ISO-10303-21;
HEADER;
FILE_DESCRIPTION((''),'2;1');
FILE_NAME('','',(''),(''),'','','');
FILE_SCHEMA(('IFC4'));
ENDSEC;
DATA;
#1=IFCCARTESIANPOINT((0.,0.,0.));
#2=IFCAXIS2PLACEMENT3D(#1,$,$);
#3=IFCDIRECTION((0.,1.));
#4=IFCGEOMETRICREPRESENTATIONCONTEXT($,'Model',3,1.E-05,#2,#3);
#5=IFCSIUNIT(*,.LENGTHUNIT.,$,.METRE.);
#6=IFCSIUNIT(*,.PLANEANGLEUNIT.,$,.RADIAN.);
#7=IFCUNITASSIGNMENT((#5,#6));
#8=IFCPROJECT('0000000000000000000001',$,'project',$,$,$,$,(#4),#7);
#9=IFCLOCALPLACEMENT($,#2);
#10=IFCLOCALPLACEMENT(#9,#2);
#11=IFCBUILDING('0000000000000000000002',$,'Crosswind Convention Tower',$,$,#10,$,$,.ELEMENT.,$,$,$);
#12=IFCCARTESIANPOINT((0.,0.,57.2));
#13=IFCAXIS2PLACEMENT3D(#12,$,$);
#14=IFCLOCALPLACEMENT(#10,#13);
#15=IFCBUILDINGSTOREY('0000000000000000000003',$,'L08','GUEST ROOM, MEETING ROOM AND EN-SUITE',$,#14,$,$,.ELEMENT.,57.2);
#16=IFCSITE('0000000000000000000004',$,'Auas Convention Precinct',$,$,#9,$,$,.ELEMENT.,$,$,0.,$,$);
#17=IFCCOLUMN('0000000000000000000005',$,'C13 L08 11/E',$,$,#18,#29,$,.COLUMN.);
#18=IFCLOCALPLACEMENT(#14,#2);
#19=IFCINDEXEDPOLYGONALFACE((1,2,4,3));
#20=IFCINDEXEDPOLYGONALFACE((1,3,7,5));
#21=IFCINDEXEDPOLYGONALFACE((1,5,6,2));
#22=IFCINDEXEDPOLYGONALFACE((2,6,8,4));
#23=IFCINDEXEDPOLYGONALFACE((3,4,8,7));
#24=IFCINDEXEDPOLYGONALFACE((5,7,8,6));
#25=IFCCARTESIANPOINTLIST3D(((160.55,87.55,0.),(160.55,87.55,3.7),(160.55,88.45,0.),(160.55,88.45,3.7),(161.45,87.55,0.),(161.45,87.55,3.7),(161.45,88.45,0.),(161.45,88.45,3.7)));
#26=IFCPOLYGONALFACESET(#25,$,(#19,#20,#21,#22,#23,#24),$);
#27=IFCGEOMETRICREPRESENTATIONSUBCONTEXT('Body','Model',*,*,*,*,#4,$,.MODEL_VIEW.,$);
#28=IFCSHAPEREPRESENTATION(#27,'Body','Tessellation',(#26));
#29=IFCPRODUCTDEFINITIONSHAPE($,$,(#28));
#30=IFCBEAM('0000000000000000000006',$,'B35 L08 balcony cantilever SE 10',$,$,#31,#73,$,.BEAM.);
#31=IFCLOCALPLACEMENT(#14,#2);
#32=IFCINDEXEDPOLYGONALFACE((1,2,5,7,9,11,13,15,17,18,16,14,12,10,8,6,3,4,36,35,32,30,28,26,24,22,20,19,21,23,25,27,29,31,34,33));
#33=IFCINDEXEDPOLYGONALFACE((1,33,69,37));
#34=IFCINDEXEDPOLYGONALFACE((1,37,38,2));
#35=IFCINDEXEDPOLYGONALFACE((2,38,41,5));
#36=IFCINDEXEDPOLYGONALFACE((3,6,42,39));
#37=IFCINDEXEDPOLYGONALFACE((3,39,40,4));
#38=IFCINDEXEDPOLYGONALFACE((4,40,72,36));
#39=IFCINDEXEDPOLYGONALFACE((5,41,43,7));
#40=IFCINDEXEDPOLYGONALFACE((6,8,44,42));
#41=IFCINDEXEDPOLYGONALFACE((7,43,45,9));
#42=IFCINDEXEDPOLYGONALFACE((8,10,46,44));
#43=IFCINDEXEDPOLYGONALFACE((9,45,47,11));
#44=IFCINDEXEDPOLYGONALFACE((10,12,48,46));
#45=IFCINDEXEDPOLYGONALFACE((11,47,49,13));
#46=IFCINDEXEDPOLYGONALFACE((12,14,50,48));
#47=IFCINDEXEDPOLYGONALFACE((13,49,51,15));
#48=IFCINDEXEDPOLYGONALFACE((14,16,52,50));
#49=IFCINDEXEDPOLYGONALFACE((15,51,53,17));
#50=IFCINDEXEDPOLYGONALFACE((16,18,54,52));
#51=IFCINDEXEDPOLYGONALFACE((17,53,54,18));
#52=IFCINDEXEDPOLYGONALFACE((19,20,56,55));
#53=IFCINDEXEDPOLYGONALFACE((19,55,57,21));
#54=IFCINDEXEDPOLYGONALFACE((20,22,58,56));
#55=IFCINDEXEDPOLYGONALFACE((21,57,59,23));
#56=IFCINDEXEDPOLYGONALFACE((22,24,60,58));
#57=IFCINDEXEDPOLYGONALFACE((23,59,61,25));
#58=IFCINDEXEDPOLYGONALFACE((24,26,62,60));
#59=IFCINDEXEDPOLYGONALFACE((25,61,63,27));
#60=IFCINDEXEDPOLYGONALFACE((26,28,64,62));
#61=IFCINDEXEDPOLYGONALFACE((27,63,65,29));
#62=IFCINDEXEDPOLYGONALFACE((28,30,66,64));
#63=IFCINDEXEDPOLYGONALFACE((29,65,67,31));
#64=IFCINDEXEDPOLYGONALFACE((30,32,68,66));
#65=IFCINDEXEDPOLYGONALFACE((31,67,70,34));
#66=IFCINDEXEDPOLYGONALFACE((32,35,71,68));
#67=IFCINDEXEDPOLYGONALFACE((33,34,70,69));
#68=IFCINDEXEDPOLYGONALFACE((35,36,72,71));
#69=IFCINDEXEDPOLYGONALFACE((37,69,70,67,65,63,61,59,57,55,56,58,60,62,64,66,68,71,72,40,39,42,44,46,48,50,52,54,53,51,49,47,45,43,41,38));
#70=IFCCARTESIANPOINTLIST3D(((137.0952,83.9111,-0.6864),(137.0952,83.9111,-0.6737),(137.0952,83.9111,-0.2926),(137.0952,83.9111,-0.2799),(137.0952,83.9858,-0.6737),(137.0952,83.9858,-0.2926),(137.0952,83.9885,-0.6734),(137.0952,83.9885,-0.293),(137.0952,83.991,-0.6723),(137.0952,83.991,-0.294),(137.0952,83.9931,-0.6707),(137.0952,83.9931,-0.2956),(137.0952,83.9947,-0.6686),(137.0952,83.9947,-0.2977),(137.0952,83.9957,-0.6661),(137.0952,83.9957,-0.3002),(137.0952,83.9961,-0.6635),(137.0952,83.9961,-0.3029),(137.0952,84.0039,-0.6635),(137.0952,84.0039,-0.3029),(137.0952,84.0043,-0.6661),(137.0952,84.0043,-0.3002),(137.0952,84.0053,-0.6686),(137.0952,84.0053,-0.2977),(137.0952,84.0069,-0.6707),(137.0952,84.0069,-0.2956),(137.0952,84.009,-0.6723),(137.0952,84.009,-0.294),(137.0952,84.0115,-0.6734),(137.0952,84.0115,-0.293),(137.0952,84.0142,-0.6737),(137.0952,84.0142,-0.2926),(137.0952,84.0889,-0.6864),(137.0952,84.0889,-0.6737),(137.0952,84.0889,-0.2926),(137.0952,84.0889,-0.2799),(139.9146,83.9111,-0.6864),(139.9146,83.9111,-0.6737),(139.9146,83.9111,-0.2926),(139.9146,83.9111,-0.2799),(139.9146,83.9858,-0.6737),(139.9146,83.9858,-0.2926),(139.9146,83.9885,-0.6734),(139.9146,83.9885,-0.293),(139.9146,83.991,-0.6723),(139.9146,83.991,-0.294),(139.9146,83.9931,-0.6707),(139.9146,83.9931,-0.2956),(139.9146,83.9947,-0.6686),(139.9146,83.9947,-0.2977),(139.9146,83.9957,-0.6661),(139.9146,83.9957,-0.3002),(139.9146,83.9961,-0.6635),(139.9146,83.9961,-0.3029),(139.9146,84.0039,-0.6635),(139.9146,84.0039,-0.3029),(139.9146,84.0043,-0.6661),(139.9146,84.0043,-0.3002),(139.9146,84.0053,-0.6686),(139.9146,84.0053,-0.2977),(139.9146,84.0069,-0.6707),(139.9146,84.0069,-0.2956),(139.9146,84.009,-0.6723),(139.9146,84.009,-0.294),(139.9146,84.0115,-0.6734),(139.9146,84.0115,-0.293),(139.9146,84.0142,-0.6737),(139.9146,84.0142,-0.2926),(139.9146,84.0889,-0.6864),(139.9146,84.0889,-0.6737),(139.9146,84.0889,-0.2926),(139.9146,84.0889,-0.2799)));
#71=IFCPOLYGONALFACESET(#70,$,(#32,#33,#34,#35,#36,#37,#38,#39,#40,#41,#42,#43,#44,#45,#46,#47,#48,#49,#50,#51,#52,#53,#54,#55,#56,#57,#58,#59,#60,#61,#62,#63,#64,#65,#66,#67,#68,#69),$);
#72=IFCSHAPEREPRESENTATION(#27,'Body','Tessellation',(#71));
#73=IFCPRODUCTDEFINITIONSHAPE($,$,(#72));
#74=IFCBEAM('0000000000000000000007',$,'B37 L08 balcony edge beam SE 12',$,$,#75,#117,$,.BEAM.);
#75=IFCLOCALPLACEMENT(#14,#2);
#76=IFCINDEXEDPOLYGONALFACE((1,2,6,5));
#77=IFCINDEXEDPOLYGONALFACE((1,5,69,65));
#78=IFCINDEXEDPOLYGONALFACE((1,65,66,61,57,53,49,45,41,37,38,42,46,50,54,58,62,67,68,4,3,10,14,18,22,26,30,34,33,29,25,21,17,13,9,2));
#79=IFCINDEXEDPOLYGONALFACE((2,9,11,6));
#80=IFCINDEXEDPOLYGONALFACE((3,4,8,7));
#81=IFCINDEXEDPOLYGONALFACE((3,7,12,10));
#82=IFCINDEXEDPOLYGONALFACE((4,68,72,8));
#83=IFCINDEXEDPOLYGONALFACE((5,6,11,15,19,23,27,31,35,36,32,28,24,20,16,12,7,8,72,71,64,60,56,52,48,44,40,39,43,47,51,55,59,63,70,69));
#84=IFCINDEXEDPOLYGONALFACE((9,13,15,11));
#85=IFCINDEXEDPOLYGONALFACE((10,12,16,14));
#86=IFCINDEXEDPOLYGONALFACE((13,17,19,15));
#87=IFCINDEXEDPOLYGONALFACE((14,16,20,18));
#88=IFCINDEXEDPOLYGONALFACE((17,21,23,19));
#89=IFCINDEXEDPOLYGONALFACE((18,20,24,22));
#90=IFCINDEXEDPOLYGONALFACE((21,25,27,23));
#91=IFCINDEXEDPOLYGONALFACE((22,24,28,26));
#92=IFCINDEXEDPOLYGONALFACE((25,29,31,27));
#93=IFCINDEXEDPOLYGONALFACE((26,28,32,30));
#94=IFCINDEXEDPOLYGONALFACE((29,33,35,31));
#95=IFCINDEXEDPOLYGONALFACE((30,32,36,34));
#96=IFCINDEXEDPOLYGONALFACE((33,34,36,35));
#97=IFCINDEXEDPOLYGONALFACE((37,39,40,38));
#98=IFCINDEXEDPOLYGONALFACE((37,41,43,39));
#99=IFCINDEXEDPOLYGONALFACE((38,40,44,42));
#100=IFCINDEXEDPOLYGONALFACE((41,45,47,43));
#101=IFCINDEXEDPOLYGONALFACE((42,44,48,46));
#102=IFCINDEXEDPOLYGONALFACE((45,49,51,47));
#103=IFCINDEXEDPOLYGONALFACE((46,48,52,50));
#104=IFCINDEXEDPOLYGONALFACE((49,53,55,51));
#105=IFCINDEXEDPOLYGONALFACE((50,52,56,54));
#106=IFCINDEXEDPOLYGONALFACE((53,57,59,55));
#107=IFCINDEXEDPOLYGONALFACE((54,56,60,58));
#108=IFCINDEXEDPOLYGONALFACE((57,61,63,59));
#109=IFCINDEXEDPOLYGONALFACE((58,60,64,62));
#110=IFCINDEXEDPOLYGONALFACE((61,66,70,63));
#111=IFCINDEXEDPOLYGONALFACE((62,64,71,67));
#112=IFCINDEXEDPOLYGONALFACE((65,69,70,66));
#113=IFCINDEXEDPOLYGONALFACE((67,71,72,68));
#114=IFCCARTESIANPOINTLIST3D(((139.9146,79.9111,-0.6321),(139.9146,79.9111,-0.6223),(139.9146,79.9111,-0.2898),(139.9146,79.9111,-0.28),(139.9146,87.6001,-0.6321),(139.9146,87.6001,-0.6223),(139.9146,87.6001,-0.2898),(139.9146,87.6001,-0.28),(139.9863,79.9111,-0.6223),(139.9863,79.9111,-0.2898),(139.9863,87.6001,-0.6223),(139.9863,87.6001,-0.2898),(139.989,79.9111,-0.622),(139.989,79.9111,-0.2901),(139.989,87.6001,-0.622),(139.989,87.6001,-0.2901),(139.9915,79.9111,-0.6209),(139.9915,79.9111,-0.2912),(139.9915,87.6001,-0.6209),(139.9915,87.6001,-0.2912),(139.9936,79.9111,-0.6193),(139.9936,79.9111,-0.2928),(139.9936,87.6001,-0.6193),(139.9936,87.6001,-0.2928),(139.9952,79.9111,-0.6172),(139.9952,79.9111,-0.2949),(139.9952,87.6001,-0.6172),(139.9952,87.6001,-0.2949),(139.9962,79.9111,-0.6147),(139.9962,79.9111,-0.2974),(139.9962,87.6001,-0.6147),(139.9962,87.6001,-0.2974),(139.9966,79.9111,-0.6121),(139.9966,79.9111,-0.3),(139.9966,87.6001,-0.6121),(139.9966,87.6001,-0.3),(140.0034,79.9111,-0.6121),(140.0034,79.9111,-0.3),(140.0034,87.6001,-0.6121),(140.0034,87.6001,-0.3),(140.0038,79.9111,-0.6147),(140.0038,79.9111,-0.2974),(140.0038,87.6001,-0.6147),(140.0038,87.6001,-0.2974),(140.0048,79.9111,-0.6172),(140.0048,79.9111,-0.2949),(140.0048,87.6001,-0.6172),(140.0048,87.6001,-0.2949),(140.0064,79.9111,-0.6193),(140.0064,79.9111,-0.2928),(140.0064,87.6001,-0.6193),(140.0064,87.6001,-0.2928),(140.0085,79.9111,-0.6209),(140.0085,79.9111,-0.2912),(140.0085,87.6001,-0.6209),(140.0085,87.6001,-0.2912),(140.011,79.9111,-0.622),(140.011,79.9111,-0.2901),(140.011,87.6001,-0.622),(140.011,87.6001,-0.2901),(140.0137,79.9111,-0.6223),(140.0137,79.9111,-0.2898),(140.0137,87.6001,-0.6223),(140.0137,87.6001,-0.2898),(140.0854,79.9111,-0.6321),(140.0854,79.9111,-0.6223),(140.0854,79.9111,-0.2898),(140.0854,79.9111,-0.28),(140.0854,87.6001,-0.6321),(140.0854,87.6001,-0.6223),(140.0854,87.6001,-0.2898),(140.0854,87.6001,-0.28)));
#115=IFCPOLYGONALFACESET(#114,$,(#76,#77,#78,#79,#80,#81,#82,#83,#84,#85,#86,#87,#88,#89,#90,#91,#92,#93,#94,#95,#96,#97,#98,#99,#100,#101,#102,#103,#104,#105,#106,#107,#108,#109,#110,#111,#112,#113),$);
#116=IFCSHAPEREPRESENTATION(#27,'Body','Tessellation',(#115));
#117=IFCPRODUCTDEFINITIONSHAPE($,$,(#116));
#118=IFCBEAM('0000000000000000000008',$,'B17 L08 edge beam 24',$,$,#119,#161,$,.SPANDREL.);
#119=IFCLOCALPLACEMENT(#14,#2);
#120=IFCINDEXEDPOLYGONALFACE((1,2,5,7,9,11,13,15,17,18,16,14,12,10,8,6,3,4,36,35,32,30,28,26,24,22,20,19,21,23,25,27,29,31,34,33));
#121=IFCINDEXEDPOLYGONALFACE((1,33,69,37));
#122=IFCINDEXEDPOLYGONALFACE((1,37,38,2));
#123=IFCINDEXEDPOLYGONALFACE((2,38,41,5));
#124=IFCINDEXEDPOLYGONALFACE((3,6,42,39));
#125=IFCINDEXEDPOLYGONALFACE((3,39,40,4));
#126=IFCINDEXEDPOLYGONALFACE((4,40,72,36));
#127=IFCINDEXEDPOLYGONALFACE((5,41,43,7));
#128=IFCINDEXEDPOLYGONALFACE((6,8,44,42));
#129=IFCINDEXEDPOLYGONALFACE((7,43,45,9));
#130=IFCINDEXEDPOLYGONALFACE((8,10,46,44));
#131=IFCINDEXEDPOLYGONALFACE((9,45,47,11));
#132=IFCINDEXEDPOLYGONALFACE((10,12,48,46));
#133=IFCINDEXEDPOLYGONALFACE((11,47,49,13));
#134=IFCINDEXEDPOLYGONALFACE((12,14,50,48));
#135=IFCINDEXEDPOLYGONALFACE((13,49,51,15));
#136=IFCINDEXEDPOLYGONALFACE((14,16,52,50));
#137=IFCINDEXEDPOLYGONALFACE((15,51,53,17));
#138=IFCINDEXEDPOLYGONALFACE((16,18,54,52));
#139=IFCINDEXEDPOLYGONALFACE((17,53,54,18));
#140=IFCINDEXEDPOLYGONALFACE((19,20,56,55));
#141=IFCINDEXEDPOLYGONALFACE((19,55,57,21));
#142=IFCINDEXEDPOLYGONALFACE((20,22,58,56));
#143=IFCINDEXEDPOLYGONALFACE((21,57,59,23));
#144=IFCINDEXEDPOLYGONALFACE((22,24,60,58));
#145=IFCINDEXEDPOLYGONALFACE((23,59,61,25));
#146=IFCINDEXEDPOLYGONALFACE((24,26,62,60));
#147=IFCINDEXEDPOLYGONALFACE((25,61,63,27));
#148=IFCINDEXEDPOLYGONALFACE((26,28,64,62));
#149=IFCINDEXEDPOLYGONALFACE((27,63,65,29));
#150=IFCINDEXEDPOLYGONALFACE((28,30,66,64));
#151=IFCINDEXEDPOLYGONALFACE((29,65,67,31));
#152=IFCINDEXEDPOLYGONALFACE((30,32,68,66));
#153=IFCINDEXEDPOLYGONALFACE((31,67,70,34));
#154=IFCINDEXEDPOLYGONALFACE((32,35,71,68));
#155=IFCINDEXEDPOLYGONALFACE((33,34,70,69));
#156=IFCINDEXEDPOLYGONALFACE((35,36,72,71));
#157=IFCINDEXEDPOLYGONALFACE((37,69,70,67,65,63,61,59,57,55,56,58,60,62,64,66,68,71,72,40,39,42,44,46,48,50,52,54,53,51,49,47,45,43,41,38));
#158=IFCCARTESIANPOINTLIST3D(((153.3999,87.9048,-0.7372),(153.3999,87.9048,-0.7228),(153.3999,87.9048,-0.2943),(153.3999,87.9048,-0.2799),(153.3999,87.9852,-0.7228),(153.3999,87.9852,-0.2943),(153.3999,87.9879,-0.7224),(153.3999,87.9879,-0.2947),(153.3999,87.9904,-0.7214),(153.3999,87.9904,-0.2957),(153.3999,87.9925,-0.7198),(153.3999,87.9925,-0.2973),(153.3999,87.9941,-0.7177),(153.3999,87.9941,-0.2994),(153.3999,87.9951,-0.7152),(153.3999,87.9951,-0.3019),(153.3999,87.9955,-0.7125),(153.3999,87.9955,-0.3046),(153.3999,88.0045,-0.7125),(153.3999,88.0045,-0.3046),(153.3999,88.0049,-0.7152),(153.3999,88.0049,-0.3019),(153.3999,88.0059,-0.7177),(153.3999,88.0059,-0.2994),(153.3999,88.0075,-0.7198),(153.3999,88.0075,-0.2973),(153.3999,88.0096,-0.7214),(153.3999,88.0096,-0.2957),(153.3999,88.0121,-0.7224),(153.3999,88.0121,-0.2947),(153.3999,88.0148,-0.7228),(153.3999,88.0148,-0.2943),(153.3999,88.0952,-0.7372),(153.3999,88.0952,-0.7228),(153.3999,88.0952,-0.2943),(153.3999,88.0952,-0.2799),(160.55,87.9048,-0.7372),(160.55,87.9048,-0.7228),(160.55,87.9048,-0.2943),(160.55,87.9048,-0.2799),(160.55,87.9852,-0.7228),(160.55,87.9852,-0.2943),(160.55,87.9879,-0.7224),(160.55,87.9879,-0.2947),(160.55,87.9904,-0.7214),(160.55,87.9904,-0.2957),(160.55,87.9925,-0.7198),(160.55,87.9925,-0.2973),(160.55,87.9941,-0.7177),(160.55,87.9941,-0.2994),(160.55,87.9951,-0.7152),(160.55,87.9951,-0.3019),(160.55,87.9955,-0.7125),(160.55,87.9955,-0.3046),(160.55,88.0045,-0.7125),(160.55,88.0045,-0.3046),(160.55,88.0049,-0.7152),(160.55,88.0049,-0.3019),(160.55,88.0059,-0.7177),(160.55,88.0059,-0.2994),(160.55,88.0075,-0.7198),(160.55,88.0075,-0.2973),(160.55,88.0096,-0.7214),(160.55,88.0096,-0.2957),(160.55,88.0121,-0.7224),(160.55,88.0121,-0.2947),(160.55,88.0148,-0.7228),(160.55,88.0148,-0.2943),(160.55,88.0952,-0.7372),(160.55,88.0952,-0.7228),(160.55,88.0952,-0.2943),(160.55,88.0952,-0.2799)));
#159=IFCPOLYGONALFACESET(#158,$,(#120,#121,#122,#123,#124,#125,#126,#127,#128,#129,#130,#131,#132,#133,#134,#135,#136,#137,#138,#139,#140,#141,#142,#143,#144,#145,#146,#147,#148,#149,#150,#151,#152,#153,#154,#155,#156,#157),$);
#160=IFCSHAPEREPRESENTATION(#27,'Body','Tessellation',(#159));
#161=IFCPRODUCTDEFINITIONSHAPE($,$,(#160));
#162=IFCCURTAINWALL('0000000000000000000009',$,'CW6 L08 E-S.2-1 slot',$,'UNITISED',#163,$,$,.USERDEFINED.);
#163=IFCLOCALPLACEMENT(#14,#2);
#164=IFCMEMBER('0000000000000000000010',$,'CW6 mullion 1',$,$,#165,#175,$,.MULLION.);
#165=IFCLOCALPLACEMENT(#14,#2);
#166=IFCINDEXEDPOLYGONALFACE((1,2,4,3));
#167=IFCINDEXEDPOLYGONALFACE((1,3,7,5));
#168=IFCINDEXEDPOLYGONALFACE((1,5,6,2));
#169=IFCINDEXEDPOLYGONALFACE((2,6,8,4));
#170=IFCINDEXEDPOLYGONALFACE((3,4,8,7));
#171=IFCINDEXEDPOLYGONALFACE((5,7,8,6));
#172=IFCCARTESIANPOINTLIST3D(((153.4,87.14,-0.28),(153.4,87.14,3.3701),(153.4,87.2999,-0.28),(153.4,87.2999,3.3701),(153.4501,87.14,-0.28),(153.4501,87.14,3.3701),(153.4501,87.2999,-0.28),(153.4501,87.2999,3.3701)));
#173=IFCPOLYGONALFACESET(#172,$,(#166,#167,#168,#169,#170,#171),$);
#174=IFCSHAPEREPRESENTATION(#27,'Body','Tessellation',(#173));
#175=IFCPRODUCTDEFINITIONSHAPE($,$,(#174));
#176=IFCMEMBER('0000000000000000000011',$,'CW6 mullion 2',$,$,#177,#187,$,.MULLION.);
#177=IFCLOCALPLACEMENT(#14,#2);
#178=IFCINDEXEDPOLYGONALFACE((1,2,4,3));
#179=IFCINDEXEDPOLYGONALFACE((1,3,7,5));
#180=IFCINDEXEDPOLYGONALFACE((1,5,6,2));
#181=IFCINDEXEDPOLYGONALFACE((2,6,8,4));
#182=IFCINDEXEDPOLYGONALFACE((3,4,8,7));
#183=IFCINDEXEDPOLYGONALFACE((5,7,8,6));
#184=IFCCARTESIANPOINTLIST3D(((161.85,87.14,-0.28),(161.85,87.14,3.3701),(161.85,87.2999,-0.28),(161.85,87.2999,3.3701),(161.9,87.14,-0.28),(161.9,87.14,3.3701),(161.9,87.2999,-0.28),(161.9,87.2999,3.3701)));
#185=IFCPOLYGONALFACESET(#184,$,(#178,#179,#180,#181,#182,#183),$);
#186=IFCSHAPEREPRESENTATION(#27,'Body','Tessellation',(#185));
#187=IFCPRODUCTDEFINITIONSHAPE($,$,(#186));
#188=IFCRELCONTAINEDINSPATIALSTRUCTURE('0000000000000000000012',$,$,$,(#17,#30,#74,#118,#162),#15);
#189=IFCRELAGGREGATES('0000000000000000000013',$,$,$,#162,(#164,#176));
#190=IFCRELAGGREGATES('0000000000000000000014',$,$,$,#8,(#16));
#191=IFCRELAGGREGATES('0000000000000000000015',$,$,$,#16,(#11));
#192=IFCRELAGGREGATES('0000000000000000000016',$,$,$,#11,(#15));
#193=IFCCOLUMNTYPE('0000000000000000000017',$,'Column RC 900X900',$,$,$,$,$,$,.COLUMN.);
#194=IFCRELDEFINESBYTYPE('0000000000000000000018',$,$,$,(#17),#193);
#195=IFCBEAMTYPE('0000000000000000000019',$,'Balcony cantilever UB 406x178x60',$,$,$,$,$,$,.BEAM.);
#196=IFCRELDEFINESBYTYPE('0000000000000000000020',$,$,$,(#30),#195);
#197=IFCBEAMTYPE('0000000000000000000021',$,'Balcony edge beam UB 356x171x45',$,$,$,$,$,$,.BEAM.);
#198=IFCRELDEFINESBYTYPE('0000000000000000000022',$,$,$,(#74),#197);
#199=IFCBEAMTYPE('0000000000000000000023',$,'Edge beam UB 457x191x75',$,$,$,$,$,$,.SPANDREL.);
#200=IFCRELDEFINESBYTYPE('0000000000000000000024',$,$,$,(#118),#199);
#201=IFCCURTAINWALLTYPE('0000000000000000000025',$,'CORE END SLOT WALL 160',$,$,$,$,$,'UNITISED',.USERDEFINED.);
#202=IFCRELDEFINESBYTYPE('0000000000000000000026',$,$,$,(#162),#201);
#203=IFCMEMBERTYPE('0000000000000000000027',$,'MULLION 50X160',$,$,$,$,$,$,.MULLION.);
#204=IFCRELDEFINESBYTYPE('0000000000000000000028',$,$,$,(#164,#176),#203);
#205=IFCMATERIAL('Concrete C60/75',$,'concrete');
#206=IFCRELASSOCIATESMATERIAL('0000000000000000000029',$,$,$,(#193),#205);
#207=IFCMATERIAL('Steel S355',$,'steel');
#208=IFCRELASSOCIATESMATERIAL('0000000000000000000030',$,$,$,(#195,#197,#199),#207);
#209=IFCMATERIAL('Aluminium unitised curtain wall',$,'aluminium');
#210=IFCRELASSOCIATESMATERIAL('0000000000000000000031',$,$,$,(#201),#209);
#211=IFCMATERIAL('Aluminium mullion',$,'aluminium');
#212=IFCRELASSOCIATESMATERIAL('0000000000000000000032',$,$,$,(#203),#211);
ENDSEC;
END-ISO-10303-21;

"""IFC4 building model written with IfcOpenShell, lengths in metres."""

from ifc_helpers import new_model, si_unit, direction, frame, origin, origin_2d, place, context, subcontext, project, spatial, rectangle, i_section, extrude, material, material_profile, profile_set, type_object, element, aggregate, save


model = new_model("IFC4")

# Units and contexts
model_context = context("Model", 3, precision=1e-05, world=origin(), true_north=direction((0.0, 1.0)))
body_context = subcontext(model_context, "Body", "Model", "MODEL_VIEW")
ifc_project = project(units=[si_unit("LENGTHUNIT", "METRE"), si_unit("PLANEANGLEUNIT", "RADIAN")], contexts=[model_context])

# Site, building, storey
site_placement = place(None, origin())
site = spatial("IfcSite", under=ifc_project, at=site_placement, Name="Auas Convention Precinct", CompositionType="ELEMENT", RefElevation=0.0)
building_placement = place(site_placement, origin())
building = spatial("IfcBuilding", under=site, at=building_placement, Name="Crosswind Convention Tower", CompositionType="ELEMENT")
storey_placement = place(building_placement, frame((0.0, 0.0, 57.2)))
storey = spatial("IfcBuildingStorey", under=building, at=storey_placement, Name="L08", Description="GUEST ROOM, MEETING ROOM AND EN-SUITE", CompositionType="ELEMENT", Elevation=57.2)

# Column
ifc_material_1 = material(Name="Concrete C60/75", Category="concrete")
ifc_material_profile_1 = material_profile(ifc_material_1, rectangle(XDim=0.8999, YDim=0.8999, at=origin_2d()), Name="RC 900X900")
ifc_profile_set_1 = profile_set([ifc_material_profile_1], Name="Concrete C60/75")
column_type = type_object("IfcColumnType", Name="Column RC 900X900", PredefinedType="COLUMN", material=ifc_profile_set_1)
column_placement = place(storey_placement, frame((161.0, 88.0, 0.0), z_axis=(0.0, 0.0, 1.0), x_axis=(1.0, 0.0, 0.0)))
element("IfcColumn", 1, at=column_placement, inside=storey, type_object=column_type, Name="C13 L08 11/E", PredefinedType="COLUMN", context=body_context, shape_type="SweptSolid", body=[
    extrude(rectangle(XDim=0.8999, YDim=0.8999, at=origin_2d()), origin(), (0.0, 0.0, 1.0), 3.7),
])

# Beams
ifc_material_2 = material(Name="Steel S355", Category="steel")
ifc_material_profile_2 = material_profile(ifc_material_2, i_section(OverallWidth=0.1777, OverallDepth=0.4065, WebThickness=0.0078, FlangeThickness=0.0127, FilletRadius=0.0103, at=origin_2d()), Name="UB 406x178x60")
ifc_profile_set_2 = profile_set([ifc_material_profile_2], Name="Steel S355")
beam_type_1 = type_object("IfcBeamType", Name="Balcony cantilever UB 406x178x60", PredefinedType="BEAM", material=ifc_profile_set_2)
beam_1_placement = place(storey_placement, frame((137.0952, 84.0, -0.4832), z_axis=(1.0, 0.0, 0.0), x_axis=(0.0, 1.0, 0.0)))
element("IfcBeam", 2, at=beam_1_placement, inside=storey, type_object=beam_type_1, Name="B35 L08 balcony cantilever SE 10", PredefinedType="BEAM", context=body_context, shape_type="SweptSolid", body=[
    extrude(i_section(OverallWidth=0.1777, OverallDepth=0.4065, WebThickness=0.0078, FlangeThickness=0.0127, FilletRadius=0.0103, at=origin_2d()), origin(), (0.0, 0.0, 1.0), 2.8193),
])
ifc_material_profile_3 = material_profile(ifc_material_2, i_section(OverallWidth=0.1709, OverallDepth=0.3521, WebThickness=0.0068, FlangeThickness=0.0098, FilletRadius=0.0103, at=origin_2d()), Name="UB 356x171x45")
ifc_profile_set_3 = profile_set([ifc_material_profile_3], Name="Steel S355")
beam_type_2 = type_object("IfcBeamType", Name="Balcony edge beam UB 356x171x45", PredefinedType="BEAM", material=ifc_profile_set_3)
beam_2_placement = place(storey_placement, frame((140.0, 87.6001, -0.4561), z_axis=(0.0, -1.0, 0.0), x_axis=(1.0, 0.0, 0.0)))
element("IfcBeam", 3, at=beam_2_placement, inside=storey, type_object=beam_type_2, Name="B37 L08 balcony edge beam SE 12", PredefinedType="BEAM", context=body_context, shape_type="SweptSolid", body=[
    extrude(i_section(OverallWidth=0.1709, OverallDepth=0.3521, WebThickness=0.0068, FlangeThickness=0.0098, FilletRadius=0.0103, at=origin_2d()), origin(), (0.0, 0.0, 1.0), 7.689),
])
ifc_material_profile_4 = material_profile(ifc_material_2, i_section(OverallWidth=0.1904, OverallDepth=0.4573, WebThickness=0.009, FlangeThickness=0.0144, FilletRadius=0.0103, at=origin_2d()), Name="UB 457x191x75")
ifc_profile_set_4 = profile_set([ifc_material_profile_4], Name="Steel S355")
beam_type_3 = type_object("IfcBeamType", Name="Edge beam UB 457x191x75", PredefinedType="SPANDREL", material=ifc_profile_set_4)
beam_3_placement = place(storey_placement, frame((153.3999, 88.0, -0.5085), z_axis=(1.0, 0.0, 0.0), x_axis=(0.0, 1.0, 0.0)))
element("IfcBeam", 4, at=beam_3_placement, inside=storey, type_object=beam_type_3, Name="B17 L08 edge beam 24", PredefinedType="SPANDREL", context=body_context, shape_type="SweptSolid", body=[
    extrude(i_section(OverallWidth=0.1904, OverallDepth=0.4573, WebThickness=0.009, FlangeThickness=0.0144, FilletRadius=0.0103, at=origin_2d()), origin(), (0.0, 0.0, 1.0), 7.1501),
])

# Curtain wall, members
ifc_material_3 = material(Name="Aluminium unitised curtain wall", Category="aluminium")
curtain_wall_type_1 = type_object("IfcCurtainWallType", Name="CORE END SLOT WALL 160", ElementType="UNITISED", PredefinedType="USERDEFINED", material=ifc_material_3)
curtain_wall_1_placement = place(storey_placement, origin())
curtain_wall_1 = element("IfcCurtainWall", 5, at=curtain_wall_1_placement, inside=storey, type_object=curtain_wall_type_1, Name="CW6 L08 E-S.2-1 slot", ObjectType="UNITISED", PredefinedType="USERDEFINED")
ifc_material_4 = material(Name="Aluminium mullion", Category="aluminium")
ifc_material_profile_5 = material_profile(ifc_material_4, rectangle(XDim=0.1599, YDim=0.05, at=origin_2d()), Name="AL 160X50")
ifc_profile_set_5 = profile_set([ifc_material_profile_5], Name="Aluminium mullion")
member_type_1 = type_object("IfcMemberType", Name="MULLION 50X160", PredefinedType="MULLION", material=ifc_profile_set_5)
member_1_placement = place(storey_placement, frame((153.425, 87.22, -0.28), z_axis=(0.0, 0.0, 1.0), x_axis=(0.0, -1.0, 0.0)))
member_1 = element("IfcMember", 6, at=member_1_placement, type_object=member_type_1, Name="CW6 mullion 1", PredefinedType="MULLION", context=body_context, shape_type="SweptSolid", body=[
    extrude(rectangle(XDim=0.1599, YDim=0.05, at=origin_2d()), origin(), (0.0, 0.0, 1.0), 3.6501),
])
member_2_placement = place(storey_placement, frame((161.875, 87.22, -0.28), z_axis=(0.0, 0.0, 1.0), x_axis=(0.0, -1.0, 0.0)))
member_2 = element("IfcMember", 7, at=member_2_placement, type_object=member_type_1, Name="CW6 mullion 2", PredefinedType="MULLION", context=body_context, shape_type="SweptSolid", body=[
    extrude(rectangle(XDim=0.1599, YDim=0.05, at=origin_2d()), origin(), (0.0, 0.0, 1.0), 3.6501),
])

aggregate(curtain_wall_1, [member_1, member_2])

save(model, "model.ifc")
